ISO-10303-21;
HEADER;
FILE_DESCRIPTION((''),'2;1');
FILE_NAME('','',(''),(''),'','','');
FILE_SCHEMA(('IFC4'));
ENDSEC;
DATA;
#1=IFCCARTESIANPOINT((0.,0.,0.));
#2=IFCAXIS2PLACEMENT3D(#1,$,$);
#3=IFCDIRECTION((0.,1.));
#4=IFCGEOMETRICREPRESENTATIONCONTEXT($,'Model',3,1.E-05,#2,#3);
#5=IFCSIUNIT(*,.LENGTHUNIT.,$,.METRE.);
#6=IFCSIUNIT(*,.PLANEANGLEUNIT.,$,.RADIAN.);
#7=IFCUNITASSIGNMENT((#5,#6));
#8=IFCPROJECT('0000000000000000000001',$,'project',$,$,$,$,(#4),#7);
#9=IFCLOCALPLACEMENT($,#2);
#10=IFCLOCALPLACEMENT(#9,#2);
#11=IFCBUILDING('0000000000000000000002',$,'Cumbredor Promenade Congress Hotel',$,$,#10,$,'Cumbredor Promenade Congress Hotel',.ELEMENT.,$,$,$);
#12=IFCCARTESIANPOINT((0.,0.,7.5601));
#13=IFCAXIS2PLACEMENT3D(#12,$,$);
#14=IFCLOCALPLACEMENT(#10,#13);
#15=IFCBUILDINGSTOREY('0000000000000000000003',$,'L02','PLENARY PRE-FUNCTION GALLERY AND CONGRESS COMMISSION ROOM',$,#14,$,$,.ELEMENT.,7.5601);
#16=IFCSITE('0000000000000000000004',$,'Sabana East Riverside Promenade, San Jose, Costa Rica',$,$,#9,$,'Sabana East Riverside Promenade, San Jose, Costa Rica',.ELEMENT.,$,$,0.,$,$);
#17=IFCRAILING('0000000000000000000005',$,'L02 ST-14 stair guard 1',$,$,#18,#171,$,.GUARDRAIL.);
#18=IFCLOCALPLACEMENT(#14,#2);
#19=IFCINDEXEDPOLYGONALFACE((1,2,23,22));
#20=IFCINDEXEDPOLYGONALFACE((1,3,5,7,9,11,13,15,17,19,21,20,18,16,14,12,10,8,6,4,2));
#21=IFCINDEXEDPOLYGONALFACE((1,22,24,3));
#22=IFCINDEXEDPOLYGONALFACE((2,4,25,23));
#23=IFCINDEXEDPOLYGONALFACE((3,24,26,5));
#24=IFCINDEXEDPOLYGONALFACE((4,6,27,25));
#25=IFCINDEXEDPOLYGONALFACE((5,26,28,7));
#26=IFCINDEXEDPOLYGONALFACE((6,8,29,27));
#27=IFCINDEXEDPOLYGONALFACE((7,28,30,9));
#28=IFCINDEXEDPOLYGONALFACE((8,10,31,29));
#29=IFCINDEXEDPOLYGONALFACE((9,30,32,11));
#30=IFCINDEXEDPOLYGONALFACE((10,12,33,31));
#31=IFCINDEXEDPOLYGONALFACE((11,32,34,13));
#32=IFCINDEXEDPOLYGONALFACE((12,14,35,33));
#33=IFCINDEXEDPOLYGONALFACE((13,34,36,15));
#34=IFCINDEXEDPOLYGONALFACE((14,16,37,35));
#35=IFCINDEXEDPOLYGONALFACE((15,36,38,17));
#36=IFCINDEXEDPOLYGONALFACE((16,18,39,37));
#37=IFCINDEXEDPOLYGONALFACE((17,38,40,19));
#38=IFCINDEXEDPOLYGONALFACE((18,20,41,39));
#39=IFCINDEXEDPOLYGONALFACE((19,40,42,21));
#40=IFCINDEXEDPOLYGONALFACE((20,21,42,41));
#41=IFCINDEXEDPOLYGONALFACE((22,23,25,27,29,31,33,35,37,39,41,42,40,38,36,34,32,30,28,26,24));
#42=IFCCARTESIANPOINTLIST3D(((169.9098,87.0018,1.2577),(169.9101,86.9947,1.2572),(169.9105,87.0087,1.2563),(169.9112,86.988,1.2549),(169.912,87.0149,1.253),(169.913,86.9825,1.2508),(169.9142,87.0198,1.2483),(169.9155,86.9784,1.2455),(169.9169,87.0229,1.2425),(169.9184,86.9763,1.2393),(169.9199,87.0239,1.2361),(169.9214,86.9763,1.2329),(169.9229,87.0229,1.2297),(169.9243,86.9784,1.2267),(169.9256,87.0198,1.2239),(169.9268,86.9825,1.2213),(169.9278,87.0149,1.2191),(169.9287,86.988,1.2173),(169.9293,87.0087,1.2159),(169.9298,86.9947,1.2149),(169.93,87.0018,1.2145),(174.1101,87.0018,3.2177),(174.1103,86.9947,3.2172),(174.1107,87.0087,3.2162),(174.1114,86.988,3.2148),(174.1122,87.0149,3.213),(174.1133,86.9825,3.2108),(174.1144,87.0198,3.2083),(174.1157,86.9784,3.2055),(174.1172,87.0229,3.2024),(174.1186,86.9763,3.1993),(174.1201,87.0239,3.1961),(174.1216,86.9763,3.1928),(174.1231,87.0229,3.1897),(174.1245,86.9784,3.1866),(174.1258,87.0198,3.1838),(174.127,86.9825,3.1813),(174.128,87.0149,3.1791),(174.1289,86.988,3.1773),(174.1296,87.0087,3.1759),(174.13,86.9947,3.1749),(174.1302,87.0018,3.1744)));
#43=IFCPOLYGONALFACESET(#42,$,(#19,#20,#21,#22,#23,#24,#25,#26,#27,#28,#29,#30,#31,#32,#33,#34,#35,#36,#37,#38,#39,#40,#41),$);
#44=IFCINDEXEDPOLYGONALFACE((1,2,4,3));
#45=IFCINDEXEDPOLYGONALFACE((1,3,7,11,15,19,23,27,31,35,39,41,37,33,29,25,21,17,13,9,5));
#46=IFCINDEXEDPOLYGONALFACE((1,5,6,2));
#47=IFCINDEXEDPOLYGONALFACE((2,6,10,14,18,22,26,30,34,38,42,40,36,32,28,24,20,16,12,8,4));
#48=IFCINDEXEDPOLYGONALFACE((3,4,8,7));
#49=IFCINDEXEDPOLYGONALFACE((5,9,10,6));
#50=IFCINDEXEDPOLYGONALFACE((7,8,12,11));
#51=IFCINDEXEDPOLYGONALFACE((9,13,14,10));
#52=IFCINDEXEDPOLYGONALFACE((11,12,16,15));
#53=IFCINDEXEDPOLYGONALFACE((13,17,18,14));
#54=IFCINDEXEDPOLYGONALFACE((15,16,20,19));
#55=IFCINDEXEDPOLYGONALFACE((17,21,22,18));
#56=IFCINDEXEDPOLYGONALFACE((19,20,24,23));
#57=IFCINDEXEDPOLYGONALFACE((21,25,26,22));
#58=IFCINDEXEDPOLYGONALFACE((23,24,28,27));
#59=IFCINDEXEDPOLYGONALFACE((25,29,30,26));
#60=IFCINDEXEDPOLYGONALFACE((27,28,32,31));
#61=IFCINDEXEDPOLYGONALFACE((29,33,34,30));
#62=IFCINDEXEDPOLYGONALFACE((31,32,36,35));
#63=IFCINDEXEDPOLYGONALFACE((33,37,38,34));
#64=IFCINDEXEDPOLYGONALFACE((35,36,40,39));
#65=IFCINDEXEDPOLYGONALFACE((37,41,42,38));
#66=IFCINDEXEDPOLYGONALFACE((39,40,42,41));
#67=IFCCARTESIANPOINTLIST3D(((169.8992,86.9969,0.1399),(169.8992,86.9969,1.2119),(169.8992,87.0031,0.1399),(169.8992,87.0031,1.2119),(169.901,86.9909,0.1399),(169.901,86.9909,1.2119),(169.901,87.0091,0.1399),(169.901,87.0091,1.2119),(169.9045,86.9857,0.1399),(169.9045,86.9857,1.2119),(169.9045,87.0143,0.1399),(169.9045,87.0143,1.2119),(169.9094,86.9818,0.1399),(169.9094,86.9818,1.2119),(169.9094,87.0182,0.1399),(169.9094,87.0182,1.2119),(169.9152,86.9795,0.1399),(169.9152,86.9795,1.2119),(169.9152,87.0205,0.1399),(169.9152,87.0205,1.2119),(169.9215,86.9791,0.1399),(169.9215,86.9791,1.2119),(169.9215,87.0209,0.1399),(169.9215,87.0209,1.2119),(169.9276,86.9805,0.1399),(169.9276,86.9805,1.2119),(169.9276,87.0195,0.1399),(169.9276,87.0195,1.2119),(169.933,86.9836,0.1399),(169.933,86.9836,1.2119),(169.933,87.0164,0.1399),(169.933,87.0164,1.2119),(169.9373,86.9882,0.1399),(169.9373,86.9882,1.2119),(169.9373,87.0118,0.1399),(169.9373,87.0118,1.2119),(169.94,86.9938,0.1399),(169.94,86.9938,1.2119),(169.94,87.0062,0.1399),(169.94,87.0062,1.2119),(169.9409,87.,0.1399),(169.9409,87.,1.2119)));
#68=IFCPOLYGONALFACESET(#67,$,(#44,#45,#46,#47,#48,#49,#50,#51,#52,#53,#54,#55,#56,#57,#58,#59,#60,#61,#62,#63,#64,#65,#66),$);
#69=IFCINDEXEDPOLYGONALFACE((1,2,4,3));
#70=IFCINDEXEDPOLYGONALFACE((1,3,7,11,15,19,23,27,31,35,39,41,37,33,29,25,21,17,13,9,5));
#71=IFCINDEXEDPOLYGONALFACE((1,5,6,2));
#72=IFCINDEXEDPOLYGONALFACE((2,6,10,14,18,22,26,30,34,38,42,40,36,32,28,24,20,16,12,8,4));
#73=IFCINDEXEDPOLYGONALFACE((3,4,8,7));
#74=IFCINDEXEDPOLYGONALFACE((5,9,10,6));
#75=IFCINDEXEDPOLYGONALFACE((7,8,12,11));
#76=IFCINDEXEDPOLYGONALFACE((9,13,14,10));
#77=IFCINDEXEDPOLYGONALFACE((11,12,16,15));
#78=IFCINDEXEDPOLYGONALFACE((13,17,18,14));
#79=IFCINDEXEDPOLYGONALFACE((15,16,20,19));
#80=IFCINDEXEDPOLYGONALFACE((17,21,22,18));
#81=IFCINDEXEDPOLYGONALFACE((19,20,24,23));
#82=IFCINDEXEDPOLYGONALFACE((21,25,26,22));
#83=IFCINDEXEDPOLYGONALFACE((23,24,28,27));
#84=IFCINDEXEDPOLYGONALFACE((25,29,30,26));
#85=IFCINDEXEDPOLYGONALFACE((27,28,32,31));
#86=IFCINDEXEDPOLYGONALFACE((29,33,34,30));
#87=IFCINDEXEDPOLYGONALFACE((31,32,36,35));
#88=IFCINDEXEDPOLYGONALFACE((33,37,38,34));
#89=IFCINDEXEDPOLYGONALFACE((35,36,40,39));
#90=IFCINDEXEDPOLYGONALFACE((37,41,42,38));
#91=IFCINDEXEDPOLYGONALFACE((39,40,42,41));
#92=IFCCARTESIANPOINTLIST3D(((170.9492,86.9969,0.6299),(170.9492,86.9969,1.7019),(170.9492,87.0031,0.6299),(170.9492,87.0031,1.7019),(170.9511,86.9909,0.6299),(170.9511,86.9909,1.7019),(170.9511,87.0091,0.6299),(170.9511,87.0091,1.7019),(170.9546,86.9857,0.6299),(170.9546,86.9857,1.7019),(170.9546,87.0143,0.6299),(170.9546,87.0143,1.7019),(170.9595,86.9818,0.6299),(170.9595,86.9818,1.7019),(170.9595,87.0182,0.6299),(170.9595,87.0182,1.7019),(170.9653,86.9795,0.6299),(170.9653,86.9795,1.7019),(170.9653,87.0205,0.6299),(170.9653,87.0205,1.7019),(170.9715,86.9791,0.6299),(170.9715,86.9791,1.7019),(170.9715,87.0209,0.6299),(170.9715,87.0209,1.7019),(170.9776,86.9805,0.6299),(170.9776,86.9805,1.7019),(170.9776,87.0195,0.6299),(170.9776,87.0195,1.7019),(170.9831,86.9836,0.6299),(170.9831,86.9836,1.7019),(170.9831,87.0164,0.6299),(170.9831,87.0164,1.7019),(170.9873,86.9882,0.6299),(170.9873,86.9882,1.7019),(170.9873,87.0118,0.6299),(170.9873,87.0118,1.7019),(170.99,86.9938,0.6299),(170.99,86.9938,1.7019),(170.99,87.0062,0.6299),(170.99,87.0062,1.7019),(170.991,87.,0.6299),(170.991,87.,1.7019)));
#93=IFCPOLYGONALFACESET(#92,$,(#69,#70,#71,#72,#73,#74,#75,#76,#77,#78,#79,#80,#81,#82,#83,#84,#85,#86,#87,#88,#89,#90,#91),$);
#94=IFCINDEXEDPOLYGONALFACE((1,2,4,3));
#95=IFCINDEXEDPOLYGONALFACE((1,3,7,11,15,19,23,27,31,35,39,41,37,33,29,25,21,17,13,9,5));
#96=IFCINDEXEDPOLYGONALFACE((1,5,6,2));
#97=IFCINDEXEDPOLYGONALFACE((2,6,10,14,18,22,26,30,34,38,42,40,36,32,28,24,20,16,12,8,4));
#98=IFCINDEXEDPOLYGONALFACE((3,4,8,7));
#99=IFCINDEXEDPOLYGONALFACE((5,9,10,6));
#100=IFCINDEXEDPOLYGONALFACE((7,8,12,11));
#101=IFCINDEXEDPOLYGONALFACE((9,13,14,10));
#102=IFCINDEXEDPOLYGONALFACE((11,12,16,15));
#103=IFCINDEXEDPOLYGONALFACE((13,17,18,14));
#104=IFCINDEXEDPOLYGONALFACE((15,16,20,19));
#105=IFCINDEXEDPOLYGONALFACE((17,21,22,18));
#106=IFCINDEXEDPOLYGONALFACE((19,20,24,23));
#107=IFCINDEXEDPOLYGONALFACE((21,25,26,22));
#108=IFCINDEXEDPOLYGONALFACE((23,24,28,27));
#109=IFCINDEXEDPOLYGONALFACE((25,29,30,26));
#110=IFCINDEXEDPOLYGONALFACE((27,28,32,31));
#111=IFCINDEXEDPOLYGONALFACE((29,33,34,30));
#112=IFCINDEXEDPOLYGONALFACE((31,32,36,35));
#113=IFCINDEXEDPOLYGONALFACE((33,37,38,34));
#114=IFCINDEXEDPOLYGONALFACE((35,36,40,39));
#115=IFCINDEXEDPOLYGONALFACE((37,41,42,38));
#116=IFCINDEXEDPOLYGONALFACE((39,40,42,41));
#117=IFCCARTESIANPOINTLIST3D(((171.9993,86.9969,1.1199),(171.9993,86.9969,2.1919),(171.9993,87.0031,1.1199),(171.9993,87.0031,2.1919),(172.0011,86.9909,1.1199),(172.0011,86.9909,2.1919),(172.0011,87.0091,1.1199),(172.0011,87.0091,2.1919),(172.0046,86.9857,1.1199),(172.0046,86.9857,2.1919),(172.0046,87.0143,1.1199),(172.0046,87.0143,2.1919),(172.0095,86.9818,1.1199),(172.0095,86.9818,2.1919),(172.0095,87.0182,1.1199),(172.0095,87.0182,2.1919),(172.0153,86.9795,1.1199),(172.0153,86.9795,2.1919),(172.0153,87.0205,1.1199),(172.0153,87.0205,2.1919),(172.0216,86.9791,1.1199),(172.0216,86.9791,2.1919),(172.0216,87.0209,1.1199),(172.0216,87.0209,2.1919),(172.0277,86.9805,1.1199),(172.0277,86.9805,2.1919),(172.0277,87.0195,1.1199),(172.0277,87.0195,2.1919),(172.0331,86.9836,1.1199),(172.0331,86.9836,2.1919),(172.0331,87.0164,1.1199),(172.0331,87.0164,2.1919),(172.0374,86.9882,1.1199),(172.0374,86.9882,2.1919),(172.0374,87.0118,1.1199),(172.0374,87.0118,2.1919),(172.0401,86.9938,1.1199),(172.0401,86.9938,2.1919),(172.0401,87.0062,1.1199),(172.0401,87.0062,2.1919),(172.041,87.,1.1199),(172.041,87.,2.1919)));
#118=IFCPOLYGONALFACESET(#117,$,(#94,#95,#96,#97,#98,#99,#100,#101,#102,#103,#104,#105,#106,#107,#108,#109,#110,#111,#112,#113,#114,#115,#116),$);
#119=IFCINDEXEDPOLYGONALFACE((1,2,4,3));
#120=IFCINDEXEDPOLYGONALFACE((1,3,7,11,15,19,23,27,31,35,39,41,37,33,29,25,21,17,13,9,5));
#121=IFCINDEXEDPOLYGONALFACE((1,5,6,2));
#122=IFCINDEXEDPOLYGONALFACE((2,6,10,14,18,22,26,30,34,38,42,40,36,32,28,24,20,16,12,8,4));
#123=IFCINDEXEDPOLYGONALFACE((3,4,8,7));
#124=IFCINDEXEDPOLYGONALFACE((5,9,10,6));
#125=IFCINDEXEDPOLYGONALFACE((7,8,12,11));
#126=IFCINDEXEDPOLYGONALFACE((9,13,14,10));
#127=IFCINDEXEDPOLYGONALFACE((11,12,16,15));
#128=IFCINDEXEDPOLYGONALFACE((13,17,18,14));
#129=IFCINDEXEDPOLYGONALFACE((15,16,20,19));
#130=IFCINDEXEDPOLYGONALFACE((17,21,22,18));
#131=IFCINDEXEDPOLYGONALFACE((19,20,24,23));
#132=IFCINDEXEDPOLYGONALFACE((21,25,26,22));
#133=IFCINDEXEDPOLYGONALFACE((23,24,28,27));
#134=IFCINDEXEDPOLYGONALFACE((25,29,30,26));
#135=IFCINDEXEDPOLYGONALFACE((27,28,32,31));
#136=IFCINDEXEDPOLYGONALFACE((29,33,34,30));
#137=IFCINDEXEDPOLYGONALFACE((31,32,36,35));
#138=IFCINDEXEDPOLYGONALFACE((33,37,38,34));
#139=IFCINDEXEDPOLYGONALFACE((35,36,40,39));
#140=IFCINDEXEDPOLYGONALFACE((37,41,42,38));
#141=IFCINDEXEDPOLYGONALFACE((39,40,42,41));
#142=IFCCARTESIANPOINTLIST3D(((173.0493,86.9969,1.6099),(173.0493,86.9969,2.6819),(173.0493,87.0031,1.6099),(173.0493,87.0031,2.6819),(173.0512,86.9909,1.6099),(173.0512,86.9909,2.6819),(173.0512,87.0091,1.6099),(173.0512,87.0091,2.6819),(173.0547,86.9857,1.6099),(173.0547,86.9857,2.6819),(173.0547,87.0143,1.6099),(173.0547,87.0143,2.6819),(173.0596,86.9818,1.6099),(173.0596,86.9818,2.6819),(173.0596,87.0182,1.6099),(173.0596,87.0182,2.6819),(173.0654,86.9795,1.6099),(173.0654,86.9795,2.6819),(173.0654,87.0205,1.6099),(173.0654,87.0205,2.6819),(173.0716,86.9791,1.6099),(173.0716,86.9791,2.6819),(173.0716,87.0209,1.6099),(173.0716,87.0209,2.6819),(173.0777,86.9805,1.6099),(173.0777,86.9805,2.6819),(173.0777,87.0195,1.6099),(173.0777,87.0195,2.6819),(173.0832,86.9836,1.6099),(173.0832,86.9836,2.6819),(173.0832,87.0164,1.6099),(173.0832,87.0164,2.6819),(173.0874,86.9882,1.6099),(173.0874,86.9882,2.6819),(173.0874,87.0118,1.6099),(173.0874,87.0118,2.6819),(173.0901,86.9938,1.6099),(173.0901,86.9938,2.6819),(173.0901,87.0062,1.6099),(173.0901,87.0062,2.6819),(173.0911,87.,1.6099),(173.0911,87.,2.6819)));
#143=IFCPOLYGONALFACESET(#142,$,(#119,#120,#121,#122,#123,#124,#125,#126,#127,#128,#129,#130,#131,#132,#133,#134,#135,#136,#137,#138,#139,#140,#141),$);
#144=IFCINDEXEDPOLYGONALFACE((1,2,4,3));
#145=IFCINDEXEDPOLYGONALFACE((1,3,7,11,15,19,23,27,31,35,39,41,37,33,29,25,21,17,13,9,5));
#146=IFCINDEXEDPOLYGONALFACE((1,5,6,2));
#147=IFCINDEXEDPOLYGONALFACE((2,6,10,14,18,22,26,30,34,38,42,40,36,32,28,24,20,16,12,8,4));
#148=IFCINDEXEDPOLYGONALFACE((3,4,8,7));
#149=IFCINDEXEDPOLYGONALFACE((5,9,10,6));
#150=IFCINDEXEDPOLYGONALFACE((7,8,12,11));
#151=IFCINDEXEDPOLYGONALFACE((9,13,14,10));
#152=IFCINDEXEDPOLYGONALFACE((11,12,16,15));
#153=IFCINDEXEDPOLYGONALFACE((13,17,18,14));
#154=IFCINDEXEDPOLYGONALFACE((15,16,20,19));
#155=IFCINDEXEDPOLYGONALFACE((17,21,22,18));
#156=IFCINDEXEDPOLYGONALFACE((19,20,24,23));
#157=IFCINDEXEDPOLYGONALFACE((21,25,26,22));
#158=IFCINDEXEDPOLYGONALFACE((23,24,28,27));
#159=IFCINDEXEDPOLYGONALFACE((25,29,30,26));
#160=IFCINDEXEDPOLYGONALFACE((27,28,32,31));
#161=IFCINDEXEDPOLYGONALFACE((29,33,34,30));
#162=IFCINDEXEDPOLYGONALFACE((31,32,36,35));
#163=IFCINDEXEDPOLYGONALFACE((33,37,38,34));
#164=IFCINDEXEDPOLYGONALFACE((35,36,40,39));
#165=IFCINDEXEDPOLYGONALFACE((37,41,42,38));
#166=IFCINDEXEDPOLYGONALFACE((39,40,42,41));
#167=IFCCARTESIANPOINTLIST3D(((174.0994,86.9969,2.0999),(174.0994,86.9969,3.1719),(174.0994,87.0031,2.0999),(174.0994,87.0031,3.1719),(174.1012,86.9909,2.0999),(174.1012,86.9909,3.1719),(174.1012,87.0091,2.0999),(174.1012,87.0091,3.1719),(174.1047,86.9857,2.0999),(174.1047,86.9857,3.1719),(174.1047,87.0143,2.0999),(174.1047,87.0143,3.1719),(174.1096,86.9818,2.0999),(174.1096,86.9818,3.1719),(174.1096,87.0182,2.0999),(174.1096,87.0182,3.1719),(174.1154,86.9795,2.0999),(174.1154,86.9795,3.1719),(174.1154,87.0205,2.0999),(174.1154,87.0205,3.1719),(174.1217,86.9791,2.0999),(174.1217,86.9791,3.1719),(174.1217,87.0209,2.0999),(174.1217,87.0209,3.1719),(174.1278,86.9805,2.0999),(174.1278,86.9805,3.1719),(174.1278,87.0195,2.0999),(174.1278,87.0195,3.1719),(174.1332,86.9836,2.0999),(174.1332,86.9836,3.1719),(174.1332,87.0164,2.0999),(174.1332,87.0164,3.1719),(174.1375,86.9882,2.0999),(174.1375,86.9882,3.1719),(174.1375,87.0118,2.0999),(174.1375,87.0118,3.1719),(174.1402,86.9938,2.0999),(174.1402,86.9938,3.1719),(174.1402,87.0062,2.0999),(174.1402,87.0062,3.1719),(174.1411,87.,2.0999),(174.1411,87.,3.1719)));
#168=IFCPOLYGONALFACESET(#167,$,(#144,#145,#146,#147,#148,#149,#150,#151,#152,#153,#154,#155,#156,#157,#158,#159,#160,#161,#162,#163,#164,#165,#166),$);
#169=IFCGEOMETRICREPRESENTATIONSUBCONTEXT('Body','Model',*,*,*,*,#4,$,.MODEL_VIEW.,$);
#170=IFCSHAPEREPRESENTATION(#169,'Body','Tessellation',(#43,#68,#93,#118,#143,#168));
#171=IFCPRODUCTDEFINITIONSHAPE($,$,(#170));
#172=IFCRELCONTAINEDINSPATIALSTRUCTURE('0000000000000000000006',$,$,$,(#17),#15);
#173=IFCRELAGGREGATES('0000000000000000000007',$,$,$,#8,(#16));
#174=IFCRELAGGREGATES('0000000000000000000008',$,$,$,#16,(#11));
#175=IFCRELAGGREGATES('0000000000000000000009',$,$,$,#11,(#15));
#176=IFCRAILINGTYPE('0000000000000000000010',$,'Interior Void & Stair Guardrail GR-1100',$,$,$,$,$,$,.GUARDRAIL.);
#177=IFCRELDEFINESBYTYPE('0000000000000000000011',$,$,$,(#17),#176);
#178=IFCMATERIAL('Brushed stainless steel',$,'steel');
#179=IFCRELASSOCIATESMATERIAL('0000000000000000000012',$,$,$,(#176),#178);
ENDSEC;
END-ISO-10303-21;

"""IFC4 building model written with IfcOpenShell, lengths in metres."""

from ifc_helpers import new_model, si_unit, direction, frame, origin, origin_2d, place, context, subcontext, project, spatial, circle, extrude, material, type_object, element, save


model = new_model("IFC4")

# Units and contexts
model_context = context("Model", 3, precision=1e-05, world=origin(), true_north=direction((0.0, 1.0)))
body_context = subcontext(model_context, "Body", "Model", "MODEL_VIEW")
ifc_project = project(units=[si_unit("LENGTHUNIT", "METRE"), si_unit("PLANEANGLEUNIT", "RADIAN")], contexts=[model_context])

# Site, building, storey
site_placement = place(None, origin())
site = spatial("IfcSite", under=ifc_project, at=site_placement, Name="Sabana East Riverside Promenade, San Jose, Costa Rica", LongName="Sabana East Riverside Promenade, San Jose, Costa Rica", CompositionType="ELEMENT", RefElevation=0.0)
building_placement = place(site_placement, origin())
building = spatial("IfcBuilding", under=site, at=building_placement, Name="Cumbredor Promenade Congress Hotel", LongName="Cumbredor Promenade Congress Hotel", CompositionType="ELEMENT")
storey_placement = place(building_placement, frame((0.0, 0.0, 7.5601)))
storey = spatial("IfcBuildingStorey", under=building, at=storey_placement, Name="L02", Description="PLENARY PRE-FUNCTION GALLERY AND CONGRESS COMMISSION ROOM", CompositionType="ELEMENT", Elevation=7.5601)

# Railing
ifc_material_1 = material(Name="Brushed stainless steel", Category="steel")
railing_type_1 = type_object("IfcRailingType", Name="Interior Void & Stair Guardrail GR-1100", PredefinedType="GUARDRAIL", material=ifc_material_1)
railing_1_placement = place(storey_placement, frame((169.9199, 87.0, 0.1399)))
element("IfcRailing", 1, at=railing_1_placement, inside=storey, type_object=railing_type_1, Name="L02 ST-14 stair guard 1", PredefinedType="GUARDRAIL", context=body_context, shape_type="SweptSolid", body=[
    extrude(circle(Radius=0.0239, at=origin_2d()), frame((0.0, 0.0, 1.0962), z_axis=(0.906194, 0.0, 0.422862), x_axis=(0.0, 1.0, 0.0)), (0.0, 0.0, 1.0), 4.635),
    extrude(circle(Radius=0.021, at=origin_2d()), origin(), (0.0, 0.0, 1.0), 1.072),
    extrude(circle(Radius=0.021, at=origin_2d()), frame((1.05, 0.0, 0.49)), (0.0, 0.0, 1.0), 1.072),
    extrude(circle(Radius=0.021, at=origin_2d()), frame((2.1001, 0.0, 0.98)), (0.0, 0.0, 1.0), 1.072),
    extrude(circle(Radius=0.021, at=origin_2d()), frame((3.1501, 0.0, 1.47)), (0.0, 0.0, 1.0), 1.072),
    extrude(circle(Radius=0.021, at=origin_2d()), frame((4.2002, 0.0, 1.96)), (0.0, 0.0, 1.0), 1.072),
])

save(model, "model.ifc")
